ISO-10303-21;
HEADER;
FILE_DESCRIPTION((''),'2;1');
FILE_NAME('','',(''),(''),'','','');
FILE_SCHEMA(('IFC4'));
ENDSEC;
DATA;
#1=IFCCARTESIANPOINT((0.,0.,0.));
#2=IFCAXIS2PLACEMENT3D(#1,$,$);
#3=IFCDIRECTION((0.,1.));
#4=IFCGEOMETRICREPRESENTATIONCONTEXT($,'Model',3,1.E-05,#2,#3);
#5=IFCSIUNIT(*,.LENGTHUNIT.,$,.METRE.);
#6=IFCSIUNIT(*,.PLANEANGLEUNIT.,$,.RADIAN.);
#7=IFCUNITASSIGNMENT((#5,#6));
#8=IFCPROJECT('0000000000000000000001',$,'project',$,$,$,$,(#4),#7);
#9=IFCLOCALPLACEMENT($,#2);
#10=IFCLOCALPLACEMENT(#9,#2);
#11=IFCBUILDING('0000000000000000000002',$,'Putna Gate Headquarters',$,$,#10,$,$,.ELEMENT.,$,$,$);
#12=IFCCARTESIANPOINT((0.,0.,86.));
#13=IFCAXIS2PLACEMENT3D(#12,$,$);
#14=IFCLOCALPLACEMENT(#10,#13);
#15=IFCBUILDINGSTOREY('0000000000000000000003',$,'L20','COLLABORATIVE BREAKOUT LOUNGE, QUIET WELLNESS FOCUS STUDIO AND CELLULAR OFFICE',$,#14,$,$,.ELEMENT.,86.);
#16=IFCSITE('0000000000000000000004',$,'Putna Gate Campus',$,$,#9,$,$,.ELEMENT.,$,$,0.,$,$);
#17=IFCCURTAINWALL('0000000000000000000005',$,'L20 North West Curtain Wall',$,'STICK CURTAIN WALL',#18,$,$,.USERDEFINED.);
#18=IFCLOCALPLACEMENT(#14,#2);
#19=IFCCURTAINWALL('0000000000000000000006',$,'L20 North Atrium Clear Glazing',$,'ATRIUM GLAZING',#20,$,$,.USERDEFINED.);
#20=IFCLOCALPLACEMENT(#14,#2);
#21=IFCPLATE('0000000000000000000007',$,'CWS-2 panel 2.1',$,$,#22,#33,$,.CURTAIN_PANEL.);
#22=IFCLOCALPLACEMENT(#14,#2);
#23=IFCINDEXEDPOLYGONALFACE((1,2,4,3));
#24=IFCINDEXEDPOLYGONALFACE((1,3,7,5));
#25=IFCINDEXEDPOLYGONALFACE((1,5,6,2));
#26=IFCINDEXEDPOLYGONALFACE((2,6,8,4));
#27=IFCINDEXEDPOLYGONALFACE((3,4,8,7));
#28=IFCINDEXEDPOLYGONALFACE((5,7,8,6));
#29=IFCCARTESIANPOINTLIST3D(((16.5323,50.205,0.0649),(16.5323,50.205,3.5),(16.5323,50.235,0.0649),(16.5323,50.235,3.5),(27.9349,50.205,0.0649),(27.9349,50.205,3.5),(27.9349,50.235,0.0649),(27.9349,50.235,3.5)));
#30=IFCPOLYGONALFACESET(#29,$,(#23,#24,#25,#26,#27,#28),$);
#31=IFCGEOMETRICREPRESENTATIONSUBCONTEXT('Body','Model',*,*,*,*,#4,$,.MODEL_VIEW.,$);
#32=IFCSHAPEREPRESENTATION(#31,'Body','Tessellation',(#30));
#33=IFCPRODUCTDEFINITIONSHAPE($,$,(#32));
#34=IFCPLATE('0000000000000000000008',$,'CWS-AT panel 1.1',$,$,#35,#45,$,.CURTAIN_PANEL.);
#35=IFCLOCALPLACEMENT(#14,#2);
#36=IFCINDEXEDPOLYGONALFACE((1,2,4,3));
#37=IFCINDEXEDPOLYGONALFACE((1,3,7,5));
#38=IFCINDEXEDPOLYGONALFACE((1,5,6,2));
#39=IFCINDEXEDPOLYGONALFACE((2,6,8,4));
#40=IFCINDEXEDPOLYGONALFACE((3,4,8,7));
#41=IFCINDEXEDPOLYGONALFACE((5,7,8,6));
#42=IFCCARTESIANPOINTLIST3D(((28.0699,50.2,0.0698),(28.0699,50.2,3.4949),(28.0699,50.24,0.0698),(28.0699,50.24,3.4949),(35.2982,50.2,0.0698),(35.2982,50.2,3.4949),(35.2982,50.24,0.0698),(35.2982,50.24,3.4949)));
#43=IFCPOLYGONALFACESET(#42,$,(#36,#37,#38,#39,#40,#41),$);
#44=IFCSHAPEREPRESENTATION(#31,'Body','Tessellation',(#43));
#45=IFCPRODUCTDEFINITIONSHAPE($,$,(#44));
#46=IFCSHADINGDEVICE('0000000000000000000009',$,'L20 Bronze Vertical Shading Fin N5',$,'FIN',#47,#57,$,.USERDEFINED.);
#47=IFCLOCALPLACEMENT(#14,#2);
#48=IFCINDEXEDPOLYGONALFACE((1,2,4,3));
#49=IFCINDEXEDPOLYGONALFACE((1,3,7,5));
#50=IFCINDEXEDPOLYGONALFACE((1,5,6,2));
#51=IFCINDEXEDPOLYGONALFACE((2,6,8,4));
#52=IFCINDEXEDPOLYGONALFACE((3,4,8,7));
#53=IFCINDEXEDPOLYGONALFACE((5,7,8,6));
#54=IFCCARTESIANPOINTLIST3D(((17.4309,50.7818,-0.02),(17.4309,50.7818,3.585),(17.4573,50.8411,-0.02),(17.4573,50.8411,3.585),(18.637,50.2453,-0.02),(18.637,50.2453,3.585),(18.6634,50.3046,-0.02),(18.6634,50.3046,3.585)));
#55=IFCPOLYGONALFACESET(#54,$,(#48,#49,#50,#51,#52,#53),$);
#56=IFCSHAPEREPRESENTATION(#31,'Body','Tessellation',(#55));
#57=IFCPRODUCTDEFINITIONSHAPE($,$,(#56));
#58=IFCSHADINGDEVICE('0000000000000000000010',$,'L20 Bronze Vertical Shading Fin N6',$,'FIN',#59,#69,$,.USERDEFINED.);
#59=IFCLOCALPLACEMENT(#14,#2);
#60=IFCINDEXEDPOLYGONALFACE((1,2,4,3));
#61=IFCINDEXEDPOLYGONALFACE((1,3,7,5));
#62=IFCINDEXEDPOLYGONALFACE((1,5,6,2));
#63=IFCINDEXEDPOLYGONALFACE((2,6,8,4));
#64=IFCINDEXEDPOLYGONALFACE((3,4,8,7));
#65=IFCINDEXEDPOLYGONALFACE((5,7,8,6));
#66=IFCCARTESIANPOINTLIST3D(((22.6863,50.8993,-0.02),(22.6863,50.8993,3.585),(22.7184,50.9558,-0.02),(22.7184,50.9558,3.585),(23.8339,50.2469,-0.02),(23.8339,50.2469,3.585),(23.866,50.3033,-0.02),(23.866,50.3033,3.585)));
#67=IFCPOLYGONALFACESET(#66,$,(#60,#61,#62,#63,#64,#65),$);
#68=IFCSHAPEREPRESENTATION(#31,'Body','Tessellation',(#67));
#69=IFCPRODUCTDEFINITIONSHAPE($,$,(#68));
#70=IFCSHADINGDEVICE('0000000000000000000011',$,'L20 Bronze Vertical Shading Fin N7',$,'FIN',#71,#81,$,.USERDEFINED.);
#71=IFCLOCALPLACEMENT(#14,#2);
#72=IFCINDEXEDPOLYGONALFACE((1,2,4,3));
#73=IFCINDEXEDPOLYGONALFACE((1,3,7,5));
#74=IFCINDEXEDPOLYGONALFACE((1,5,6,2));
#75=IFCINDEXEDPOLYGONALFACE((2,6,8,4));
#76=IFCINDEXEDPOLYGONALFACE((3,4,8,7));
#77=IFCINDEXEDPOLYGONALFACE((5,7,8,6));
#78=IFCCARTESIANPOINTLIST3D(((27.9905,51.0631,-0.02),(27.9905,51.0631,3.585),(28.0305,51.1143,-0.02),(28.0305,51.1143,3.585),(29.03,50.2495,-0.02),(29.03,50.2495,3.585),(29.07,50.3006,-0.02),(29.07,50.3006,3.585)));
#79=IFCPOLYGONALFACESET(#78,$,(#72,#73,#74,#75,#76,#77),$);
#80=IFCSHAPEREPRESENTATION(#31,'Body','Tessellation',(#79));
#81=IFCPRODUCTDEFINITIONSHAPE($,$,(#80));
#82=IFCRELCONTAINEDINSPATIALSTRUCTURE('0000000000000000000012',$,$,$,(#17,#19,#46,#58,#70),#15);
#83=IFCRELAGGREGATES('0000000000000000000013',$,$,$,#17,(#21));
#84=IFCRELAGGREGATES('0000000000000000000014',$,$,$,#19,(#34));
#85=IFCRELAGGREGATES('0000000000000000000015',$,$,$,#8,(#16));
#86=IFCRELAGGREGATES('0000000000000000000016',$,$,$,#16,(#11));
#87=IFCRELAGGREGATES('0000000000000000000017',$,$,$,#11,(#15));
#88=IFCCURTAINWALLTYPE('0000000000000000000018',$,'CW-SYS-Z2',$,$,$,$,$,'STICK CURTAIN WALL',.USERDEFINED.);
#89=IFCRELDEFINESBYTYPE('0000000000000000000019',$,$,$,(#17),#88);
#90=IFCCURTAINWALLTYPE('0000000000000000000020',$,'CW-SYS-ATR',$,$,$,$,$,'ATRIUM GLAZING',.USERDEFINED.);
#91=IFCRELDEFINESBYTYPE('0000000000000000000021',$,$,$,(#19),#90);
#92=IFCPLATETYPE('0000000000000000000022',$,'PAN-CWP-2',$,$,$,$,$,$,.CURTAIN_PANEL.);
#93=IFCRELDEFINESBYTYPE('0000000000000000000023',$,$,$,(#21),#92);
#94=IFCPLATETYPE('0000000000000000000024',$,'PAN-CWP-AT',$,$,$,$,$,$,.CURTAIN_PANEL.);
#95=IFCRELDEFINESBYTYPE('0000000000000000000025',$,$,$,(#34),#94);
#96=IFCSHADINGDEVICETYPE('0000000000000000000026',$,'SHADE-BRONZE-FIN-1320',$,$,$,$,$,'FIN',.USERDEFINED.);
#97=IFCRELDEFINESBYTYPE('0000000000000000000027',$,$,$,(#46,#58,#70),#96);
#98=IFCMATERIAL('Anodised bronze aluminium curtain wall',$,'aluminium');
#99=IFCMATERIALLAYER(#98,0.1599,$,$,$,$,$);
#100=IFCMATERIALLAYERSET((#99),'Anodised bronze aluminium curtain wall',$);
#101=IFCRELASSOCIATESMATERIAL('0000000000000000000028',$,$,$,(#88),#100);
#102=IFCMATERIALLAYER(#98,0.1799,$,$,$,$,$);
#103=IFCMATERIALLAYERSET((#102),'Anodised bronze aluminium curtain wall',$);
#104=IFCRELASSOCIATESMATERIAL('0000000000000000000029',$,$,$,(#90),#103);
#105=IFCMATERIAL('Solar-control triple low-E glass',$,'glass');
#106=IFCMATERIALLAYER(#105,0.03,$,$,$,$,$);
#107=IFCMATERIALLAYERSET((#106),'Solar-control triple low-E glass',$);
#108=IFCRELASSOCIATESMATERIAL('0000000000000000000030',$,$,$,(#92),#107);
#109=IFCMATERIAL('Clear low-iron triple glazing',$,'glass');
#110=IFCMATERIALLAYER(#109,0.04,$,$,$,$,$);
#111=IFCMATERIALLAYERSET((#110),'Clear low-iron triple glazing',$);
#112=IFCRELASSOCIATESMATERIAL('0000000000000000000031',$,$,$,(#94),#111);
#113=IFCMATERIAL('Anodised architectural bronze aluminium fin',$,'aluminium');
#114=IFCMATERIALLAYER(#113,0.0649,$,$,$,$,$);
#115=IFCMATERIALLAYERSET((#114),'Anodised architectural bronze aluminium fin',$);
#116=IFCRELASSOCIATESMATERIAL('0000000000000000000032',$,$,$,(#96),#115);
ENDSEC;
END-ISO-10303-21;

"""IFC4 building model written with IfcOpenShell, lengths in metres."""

from ifc_helpers import new_model, si_unit, direction, frame, origin, origin_2d, place, context, subcontext, project, spatial, rectangle, extrude, material, layer, layer_set, type_object, element, aggregate, save


model = new_model("IFC4")

# Units and contexts
model_context = context("Model", 3, precision=1e-05, world=origin(), true_north=direction((0.0, 1.0)))
body_context = subcontext(model_context, "Body", "Model", "MODEL_VIEW")
ifc_project = project(units=[si_unit("LENGTHUNIT", "METRE"), si_unit("PLANEANGLEUNIT", "RADIAN")], contexts=[model_context])

# Site, building, storey
site_placement = place(None, origin())
site = spatial("IfcSite", under=ifc_project, at=site_placement, Name="Putna Gate Campus", CompositionType="ELEMENT", RefElevation=0.0)
building_placement = place(site_placement, origin())
building = spatial("IfcBuilding", under=site, at=building_placement, Name="Putna Gate Headquarters", CompositionType="ELEMENT")
storey_placement = place(building_placement, frame((0.0, 0.0, 86.0)))
storey = spatial("IfcBuildingStorey", under=building, at=storey_placement, Name="L20", Description="COLLABORATIVE BREAKOUT LOUNGE, QUIET WELLNESS FOCUS STUDIO AND CELLULAR OFFICE", CompositionType="ELEMENT", Elevation=86.0)

# Curtain walls
ifc_material_1 = material(Name="Anodised bronze aluminium curtain wall", Category="aluminium")
ifc_layer_1 = layer(ifc_material_1, 0.1599)
ifc_layer_set_1 = layer_set([ifc_layer_1], Name="Anodised bronze aluminium curtain wall")
curtain_wall_type_1 = type_object("IfcCurtainWallType", Name="CW-SYS-Z2", ElementType="STICK CURTAIN WALL", PredefinedType="USERDEFINED", material=ifc_layer_set_1)
curtain_wall_1_placement = place(storey_placement, origin())
curtain_wall_1 = element("IfcCurtainWall", 1, at=curtain_wall_1_placement, inside=storey, type_object=curtain_wall_type_1, Name="L20 North West Curtain Wall", ObjectType="STICK CURTAIN WALL", PredefinedType="USERDEFINED")
ifc_layer_2 = layer(ifc_material_1, 0.1799)
ifc_layer_set_2 = layer_set([ifc_layer_2], Name="Anodised bronze aluminium curtain wall")
curtain_wall_type_2 = type_object("IfcCurtainWallType", Name="CW-SYS-ATR", ElementType="ATRIUM GLAZING", PredefinedType="USERDEFINED", material=ifc_layer_set_2)
curtain_wall_2_placement = place(storey_placement, origin())
curtain_wall_2 = element("IfcCurtainWall", 2, at=curtain_wall_2_placement, inside=storey, type_object=curtain_wall_type_2, Name="L20 North Atrium Clear Glazing", ObjectType="ATRIUM GLAZING", PredefinedType="USERDEFINED")

# Plates
ifc_material_2 = material(Name="Solar-control triple low-E glass", Category="glass")
ifc_layer_3 = layer(ifc_material_2, 0.03)
ifc_layer_set_3 = layer_set([ifc_layer_3], Name="Solar-control triple low-E glass")
plate_type_1 = type_object("IfcPlateType", Name="PAN-CWP-2", PredefinedType="CURTAIN_PANEL", material=ifc_layer_set_3)
plate_1_placement = place(storey_placement, frame((22.2336, 50.22, 0.0649), z_axis=(0.0, 0.0, 1.0), x_axis=(1.0, 0.0, 0.0)))
plate_1 = element("IfcPlate", 3, at=plate_1_placement, type_object=plate_type_1, Name="CWS-2 panel 2.1", PredefinedType="CURTAIN_PANEL", context=body_context, shape_type="SweptSolid", body=[
    extrude(rectangle(XDim=11.4026, YDim=0.03, at=origin_2d()), origin(), (0.0, 0.0, 1.0), 3.4351),
])
aggregate(curtain_wall_1, [plate_1])
ifc_material_3 = material(Name="Clear low-iron triple glazing", Category="glass")
ifc_layer_4 = layer(ifc_material_3, 0.04)
ifc_layer_set_4 = layer_set([ifc_layer_4], Name="Clear low-iron triple glazing")
plate_type_2 = type_object("IfcPlateType", Name="PAN-CWP-AT", PredefinedType="CURTAIN_PANEL", material=ifc_layer_set_4)
plate_2_placement = place(storey_placement, frame((31.6841, 50.22, 0.0698), z_axis=(0.0, 0.0, 1.0), x_axis=(1.0, 0.0, 0.0)))
plate_2 = element("IfcPlate", 4, at=plate_2_placement, type_object=plate_type_2, Name="CWS-AT panel 1.1", PredefinedType="CURTAIN_PANEL", context=body_context, shape_type="SweptSolid", body=[
    extrude(rectangle(XDim=7.2283, YDim=0.04, at=origin_2d()), origin(), (0.0, 0.0, 1.0), 3.425),
])
aggregate(curtain_wall_2, [plate_2])

# Shading devices
ifc_material_4 = material(Name="Anodised architectural bronze aluminium fin", Category="aluminium")
ifc_layer_5 = layer(ifc_material_4, 0.0649)
ifc_layer_set_5 = layer_set([ifc_layer_5], Name="Anodised architectural bronze aluminium fin")
shading_device_type = type_object("IfcShadingDeviceType", Name="SHADE-BRONZE-FIN-1320", ElementType="FIN", PredefinedType="USERDEFINED", material=ifc_layer_set_5)
for number, where, z_axis, x_axis, name in (
    (5, (18.0471, 50.5432, -0.02), (0.0, 0.0, 1.0), (-0.913687, 0.406418, 0.0), "L20 Bronze Vertical Shading Fin N5"),
    (6, (23.2761, 50.6013, -0.02), (0.0, 0.0, 1.0), (-0.869322, 0.494245, 0.0), "L20 Bronze Vertical Shading Fin N6"),
    (7, (28.5303, 50.6819, -0.02), (0.0, 0.0, 1.0), (-0.787473, 0.616349, 0.0), "L20 Bronze Vertical Shading Fin N7"),
):
    element("IfcShadingDevice", number, at=place(storey_placement, frame(where, z_axis=z_axis, x_axis=x_axis)), inside=storey, type_object=shading_device_type, Name=name, ObjectType="FIN", PredefinedType="USERDEFINED", context=body_context, shape_type="SweptSolid", body=[
        extrude(rectangle(XDim=1.3201, YDim=0.0649, at=origin_2d()), origin(), (0.0, 0.0, 1.0), 3.605),
    ])

save(model, "model.ifc")
